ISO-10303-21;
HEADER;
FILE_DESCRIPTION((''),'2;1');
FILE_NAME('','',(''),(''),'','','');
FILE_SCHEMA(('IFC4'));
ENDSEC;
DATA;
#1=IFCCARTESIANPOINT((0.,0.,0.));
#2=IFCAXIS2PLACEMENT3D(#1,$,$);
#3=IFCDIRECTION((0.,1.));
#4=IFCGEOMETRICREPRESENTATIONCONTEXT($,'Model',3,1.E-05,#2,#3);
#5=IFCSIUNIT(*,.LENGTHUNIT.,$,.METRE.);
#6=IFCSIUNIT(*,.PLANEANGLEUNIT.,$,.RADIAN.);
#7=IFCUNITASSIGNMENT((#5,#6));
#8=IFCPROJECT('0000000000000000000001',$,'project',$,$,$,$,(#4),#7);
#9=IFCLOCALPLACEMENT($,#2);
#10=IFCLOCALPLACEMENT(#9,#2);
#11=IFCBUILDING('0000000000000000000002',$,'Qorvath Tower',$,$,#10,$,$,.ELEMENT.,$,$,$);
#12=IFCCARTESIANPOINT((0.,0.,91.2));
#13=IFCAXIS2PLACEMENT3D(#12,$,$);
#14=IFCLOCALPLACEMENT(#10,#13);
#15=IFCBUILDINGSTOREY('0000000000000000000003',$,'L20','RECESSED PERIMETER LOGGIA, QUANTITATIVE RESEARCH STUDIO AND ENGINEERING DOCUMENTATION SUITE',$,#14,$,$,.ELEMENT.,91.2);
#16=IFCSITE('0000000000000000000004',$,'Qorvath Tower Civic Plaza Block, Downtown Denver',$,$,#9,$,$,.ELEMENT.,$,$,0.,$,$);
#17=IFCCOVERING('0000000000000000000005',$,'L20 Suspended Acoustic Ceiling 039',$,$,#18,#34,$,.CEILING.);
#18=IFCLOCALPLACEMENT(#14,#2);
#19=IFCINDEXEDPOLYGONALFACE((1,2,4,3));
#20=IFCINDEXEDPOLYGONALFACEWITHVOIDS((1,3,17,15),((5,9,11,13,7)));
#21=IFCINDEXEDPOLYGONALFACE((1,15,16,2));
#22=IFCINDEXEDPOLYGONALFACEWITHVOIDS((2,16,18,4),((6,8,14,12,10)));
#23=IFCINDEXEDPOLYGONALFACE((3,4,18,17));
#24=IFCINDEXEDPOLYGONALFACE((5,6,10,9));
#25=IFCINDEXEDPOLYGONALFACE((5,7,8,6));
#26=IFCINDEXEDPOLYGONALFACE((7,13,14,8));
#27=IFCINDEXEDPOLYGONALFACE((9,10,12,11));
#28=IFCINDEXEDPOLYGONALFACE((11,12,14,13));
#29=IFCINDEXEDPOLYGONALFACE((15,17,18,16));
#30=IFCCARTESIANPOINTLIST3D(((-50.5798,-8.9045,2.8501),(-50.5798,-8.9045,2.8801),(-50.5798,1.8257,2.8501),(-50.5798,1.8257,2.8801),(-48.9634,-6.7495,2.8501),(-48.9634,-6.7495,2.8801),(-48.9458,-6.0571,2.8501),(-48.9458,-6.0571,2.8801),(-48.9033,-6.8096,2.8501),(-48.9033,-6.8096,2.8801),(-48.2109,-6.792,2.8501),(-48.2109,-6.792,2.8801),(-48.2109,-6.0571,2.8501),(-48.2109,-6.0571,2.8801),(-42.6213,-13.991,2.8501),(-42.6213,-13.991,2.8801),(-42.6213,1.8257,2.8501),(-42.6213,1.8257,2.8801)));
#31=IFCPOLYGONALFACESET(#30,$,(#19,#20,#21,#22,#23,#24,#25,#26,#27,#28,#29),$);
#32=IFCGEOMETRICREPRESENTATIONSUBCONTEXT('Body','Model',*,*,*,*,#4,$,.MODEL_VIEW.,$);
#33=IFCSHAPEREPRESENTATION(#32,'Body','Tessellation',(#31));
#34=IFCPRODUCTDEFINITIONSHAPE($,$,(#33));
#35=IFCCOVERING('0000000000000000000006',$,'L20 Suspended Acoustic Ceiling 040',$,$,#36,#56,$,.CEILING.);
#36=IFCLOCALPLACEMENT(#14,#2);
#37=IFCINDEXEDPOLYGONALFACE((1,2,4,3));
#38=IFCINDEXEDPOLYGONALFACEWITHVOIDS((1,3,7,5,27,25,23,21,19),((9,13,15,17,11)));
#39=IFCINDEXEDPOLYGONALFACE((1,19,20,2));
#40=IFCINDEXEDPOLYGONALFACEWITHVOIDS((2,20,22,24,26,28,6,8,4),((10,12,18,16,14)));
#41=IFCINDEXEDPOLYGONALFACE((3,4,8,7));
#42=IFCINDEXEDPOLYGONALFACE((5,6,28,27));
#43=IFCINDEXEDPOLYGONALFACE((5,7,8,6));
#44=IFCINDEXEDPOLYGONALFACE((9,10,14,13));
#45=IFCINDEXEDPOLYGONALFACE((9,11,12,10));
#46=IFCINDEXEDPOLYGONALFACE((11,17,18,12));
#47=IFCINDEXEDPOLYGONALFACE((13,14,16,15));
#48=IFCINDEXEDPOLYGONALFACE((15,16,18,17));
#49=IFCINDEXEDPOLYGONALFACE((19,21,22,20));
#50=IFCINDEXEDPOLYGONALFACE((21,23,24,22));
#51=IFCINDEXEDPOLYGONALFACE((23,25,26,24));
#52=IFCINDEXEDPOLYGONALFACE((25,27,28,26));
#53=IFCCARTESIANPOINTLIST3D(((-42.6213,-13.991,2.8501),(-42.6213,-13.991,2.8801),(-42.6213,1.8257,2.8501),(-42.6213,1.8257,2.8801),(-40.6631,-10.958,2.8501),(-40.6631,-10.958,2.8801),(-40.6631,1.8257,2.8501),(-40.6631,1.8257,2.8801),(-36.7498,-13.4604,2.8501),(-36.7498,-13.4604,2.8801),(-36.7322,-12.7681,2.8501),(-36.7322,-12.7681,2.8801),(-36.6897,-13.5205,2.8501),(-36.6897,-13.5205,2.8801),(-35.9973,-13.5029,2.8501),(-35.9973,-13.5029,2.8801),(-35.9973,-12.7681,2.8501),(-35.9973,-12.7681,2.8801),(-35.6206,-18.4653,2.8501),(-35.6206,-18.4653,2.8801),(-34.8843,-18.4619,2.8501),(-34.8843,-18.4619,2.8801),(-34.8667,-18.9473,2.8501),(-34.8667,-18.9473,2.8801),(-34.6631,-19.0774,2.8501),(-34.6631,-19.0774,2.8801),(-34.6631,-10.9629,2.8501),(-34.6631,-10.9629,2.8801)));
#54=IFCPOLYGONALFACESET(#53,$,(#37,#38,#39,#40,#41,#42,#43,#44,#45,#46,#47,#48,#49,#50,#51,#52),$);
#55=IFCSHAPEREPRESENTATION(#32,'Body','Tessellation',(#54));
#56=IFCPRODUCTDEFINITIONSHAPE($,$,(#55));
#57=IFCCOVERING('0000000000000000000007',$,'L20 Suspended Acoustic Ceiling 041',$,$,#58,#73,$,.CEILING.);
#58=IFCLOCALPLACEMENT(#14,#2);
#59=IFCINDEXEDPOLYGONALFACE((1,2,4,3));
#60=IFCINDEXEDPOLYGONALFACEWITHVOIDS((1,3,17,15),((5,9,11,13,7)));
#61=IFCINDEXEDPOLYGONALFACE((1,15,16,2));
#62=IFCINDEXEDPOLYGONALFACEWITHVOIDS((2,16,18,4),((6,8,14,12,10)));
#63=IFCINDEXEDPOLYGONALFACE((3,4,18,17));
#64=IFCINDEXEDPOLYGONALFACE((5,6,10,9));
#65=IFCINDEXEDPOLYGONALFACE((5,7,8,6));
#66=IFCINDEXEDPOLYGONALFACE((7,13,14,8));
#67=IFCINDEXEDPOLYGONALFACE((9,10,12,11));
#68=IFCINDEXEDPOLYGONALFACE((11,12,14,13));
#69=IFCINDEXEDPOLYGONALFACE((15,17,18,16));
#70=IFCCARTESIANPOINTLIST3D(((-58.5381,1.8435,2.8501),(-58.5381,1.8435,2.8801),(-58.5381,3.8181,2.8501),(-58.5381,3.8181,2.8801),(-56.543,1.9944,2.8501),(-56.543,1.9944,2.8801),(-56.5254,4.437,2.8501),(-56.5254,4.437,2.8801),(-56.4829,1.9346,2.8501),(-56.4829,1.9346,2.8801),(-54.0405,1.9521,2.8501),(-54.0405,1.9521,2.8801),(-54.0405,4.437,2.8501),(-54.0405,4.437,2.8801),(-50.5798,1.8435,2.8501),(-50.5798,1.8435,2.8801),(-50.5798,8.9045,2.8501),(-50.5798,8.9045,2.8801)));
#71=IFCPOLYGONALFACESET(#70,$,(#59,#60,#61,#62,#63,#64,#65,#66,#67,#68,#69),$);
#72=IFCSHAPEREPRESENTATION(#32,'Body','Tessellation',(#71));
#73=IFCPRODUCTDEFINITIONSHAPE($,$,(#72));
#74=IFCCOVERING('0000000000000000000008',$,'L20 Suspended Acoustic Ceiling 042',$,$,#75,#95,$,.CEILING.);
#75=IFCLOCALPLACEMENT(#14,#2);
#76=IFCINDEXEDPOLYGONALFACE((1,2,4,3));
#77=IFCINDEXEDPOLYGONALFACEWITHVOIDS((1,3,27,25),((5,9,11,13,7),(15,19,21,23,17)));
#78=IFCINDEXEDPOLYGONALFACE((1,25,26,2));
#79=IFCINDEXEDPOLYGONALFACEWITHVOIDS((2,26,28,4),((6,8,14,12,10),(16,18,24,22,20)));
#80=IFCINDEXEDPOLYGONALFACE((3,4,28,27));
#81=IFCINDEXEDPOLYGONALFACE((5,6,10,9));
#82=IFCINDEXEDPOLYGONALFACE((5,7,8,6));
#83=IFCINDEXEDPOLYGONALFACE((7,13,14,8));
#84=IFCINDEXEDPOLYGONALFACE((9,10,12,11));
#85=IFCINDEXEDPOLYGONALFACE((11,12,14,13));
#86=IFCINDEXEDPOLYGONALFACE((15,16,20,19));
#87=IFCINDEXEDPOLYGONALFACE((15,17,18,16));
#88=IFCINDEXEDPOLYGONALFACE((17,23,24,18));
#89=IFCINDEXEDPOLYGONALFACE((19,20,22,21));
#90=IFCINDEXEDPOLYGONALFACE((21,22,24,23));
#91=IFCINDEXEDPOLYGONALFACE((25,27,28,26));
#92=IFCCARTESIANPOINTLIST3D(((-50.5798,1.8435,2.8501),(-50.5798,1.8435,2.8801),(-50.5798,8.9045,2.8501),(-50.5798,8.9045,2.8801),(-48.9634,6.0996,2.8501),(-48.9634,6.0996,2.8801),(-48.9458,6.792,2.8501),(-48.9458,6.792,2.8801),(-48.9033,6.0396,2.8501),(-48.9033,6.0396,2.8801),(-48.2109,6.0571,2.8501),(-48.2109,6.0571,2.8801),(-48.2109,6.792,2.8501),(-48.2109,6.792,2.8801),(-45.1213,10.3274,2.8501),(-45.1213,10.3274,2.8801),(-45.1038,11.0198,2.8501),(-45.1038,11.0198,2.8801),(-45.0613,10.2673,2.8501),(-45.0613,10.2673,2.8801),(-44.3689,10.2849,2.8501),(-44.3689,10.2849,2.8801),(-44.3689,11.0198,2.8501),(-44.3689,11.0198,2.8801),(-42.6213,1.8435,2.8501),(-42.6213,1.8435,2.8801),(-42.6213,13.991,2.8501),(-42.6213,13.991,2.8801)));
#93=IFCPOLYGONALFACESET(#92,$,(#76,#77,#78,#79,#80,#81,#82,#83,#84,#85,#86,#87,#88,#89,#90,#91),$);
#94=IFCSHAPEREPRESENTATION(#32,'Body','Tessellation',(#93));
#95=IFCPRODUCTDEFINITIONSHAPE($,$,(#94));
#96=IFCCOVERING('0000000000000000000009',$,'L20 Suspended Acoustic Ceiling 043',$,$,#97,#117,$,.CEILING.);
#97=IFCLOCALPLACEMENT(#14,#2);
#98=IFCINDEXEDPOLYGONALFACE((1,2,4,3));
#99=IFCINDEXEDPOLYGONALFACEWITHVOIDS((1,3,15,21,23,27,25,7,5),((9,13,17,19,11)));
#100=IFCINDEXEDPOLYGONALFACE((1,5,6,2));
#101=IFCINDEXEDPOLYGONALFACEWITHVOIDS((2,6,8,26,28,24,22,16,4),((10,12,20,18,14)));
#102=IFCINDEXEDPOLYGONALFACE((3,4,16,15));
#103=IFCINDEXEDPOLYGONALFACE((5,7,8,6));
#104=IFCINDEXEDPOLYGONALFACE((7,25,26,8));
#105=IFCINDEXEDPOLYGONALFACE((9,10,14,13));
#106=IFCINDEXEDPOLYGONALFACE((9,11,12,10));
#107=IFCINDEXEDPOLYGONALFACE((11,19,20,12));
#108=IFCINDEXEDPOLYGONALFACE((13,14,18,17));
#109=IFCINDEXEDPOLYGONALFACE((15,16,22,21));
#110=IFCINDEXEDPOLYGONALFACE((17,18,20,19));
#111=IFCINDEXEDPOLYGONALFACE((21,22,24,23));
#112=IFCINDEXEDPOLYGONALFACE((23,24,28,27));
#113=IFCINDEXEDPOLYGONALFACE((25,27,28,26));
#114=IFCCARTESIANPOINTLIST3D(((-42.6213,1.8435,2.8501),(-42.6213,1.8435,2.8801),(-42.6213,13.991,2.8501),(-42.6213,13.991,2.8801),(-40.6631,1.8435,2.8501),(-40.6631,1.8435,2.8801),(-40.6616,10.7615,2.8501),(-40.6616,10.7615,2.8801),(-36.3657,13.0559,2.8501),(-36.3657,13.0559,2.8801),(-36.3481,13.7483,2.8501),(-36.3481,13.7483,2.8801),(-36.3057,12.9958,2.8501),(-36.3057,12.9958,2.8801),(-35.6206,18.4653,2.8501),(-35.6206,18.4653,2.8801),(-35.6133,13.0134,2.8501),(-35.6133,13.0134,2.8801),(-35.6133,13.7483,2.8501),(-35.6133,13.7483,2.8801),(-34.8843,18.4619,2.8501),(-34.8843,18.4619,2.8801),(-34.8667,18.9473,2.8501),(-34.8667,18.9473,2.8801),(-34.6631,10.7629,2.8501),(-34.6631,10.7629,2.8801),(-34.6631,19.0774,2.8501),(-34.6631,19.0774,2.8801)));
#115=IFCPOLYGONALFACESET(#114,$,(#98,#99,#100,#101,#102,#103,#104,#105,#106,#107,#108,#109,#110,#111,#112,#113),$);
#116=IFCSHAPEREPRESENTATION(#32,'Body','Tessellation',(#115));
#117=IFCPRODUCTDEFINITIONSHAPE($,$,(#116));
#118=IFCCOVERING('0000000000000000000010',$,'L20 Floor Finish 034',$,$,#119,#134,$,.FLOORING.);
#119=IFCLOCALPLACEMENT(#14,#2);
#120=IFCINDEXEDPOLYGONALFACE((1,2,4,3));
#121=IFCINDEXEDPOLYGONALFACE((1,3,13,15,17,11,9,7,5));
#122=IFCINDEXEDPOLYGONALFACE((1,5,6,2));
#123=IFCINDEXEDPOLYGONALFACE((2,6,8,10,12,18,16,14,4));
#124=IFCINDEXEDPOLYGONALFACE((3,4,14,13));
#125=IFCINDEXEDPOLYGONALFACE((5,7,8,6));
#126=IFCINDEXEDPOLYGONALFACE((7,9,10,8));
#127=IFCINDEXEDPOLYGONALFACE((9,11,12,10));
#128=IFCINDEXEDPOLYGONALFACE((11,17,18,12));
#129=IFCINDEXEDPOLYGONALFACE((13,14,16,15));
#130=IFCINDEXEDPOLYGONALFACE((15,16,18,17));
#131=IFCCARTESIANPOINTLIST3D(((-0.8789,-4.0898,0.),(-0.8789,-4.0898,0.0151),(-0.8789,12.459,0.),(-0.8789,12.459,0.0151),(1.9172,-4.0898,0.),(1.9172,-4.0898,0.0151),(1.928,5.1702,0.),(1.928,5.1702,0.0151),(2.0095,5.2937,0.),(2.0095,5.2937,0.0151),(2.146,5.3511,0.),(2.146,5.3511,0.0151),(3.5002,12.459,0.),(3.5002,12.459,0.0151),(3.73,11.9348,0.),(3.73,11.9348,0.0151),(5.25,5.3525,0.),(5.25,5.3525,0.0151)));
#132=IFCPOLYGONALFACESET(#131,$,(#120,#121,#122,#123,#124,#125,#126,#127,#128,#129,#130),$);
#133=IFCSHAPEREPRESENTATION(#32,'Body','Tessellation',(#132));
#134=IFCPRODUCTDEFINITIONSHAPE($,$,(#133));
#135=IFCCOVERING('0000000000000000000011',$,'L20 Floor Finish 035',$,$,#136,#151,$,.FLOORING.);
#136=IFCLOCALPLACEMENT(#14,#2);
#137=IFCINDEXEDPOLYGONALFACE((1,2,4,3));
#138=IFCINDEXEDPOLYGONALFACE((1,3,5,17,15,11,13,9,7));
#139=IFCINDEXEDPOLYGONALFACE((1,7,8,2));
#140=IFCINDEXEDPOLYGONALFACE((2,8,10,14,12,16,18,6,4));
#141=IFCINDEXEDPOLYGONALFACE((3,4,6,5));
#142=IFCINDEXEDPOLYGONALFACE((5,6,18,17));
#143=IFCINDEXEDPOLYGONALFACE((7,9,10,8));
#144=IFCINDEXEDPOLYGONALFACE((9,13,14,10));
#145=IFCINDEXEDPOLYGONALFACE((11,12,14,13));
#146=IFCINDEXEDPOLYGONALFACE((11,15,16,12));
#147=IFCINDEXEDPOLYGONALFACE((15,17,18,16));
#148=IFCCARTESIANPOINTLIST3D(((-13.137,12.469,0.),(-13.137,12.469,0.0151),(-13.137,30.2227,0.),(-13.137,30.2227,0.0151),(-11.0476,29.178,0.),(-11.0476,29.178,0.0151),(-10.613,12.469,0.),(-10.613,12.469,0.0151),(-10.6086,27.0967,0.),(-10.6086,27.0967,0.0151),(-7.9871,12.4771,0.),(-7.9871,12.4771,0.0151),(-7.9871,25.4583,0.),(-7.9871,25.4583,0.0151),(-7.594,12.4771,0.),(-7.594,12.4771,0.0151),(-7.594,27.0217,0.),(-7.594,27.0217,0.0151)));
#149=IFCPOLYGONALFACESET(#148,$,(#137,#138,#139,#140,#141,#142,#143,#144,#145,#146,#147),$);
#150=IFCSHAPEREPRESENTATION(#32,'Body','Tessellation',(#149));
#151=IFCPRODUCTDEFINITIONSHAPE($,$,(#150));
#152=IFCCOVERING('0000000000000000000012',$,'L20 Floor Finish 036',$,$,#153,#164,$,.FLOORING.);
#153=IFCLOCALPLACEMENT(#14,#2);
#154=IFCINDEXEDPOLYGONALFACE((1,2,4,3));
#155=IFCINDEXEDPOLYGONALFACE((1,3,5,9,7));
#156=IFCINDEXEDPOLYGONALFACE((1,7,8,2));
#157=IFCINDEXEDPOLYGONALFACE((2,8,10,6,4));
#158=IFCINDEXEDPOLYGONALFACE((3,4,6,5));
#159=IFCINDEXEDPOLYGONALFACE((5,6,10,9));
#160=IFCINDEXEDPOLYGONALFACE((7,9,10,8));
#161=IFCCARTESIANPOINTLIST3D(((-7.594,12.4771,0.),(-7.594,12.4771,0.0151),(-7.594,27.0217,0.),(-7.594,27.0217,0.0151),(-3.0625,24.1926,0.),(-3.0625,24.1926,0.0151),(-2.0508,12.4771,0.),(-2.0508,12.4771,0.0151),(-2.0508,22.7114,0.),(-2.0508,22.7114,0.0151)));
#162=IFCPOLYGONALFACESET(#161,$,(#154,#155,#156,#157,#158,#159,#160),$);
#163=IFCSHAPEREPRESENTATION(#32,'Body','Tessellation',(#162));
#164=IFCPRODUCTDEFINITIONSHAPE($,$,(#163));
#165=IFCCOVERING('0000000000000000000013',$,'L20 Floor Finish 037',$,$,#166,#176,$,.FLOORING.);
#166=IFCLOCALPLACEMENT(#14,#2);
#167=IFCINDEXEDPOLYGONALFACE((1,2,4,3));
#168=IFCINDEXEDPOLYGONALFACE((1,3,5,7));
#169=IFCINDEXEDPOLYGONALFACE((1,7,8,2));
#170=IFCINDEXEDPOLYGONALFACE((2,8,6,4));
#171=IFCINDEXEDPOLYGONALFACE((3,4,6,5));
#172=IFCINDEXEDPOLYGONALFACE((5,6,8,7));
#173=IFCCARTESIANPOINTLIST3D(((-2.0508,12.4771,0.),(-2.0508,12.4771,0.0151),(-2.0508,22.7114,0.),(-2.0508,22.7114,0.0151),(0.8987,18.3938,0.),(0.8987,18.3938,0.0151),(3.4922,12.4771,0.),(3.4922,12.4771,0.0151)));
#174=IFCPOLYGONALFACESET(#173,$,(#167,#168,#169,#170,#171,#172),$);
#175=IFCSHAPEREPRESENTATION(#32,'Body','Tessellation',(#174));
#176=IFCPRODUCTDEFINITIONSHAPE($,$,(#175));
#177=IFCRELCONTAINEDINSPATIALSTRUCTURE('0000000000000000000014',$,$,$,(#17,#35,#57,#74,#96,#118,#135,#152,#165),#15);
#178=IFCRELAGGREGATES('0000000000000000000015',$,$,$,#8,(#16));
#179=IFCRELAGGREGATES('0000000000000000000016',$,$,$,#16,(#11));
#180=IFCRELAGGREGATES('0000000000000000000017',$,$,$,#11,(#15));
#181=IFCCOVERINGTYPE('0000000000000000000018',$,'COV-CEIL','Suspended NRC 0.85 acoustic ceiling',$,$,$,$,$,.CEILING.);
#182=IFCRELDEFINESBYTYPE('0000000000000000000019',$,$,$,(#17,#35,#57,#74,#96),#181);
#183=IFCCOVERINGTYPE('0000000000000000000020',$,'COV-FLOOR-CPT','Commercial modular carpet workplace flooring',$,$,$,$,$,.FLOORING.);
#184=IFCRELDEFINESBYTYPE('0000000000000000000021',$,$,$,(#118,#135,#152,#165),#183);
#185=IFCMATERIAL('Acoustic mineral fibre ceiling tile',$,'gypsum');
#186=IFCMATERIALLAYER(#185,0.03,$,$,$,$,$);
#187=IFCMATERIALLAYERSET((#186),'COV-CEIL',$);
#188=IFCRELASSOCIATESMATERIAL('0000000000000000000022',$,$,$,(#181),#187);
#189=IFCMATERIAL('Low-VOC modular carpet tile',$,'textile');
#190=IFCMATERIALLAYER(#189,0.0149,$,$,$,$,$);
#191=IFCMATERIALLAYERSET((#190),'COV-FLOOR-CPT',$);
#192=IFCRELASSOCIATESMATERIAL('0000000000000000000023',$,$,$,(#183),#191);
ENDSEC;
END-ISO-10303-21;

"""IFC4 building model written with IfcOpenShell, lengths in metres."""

from ifc_helpers import new_model, si_unit, direction, frame, origin, place, context, subcontext, project, spatial, polyline, outline, extrude, material, layer, layer_set, type_object, element, save


model = new_model("IFC4")

# Units and contexts
model_context = context("Model", 3, precision=1e-05, world=origin(), true_north=direction((0.0, 1.0)))
body_context = subcontext(model_context, "Body", "Model", "MODEL_VIEW")
ifc_project = project(units=[si_unit("LENGTHUNIT", "METRE"), si_unit("PLANEANGLEUNIT", "RADIAN")], contexts=[model_context])

# Site, building, storey
site_placement = place(None, origin())
site = spatial("IfcSite", under=ifc_project, at=site_placement, Name="Qorvath Tower Civic Plaza Block, Downtown Denver", CompositionType="ELEMENT", RefElevation=0.0)
building_placement = place(site_placement, origin())
building = spatial("IfcBuilding", under=site, at=building_placement, Name="Qorvath Tower", CompositionType="ELEMENT")
storey_placement = place(building_placement, frame((0.0, 0.0, 91.2)))
storey = spatial("IfcBuildingStorey", under=building, at=storey_placement, Name="L20", Description="RECESSED PERIMETER LOGGIA, QUANTITATIVE RESEARCH STUDIO AND ENGINEERING DOCUMENTATION SUITE", CompositionType="ELEMENT", Elevation=91.2)

# Coverings
ifc_material_1 = material(Name="Acoustic mineral fibre ceiling tile", Category="gypsum")
ifc_layer_1 = layer(ifc_material_1, 0.03)
ifc_layer_set_1 = layer_set([ifc_layer_1], Name="COV-CEIL")
covering_type_1 = type_object("IfcCoveringType", Name="COV-CEIL", Description="Suspended NRC 0.85 acoustic ceiling", PredefinedType="CEILING", material=ifc_layer_set_1)
covering_1_placement = place(storey_placement, frame((0.0, 0.0, 2.8501)))
element("IfcCovering", 1, at=covering_1_placement, inside=storey, type_object=covering_type_1, Name="L20 Suspended Acoustic Ceiling 039", PredefinedType="CEILING", context=body_context, shape_type="SweptSolid", body=[
    extrude(outline(polyline([(-50.5798, 1.8257), (-50.5798, -8.9045), (-42.6213, -13.991), (-42.6213, 1.8257), (-50.5798, 1.8257)]), holes=[polyline([(-48.9634, -6.7495), (-48.9458, -6.0571), (-48.2109, -6.0571), (-48.2109, -6.792), (-48.9033, -6.8096), (-48.9634, -6.7495)])]), origin(), (0.0, 0.0, 1.0), 0.03),
])
covering_2_placement = place(storey_placement, frame((0.0, 0.0, 2.8501)))
element("IfcCovering", 2, at=covering_2_placement, inside=storey, type_object=covering_type_1, Name="L20 Suspended Acoustic Ceiling 040", PredefinedType="CEILING", context=body_context, shape_type="SweptSolid", body=[
    extrude(outline(polyline([(-42.6213, 1.8257), (-42.6213, -13.991), (-35.6206, -18.4653), (-34.8843, -18.4619), (-34.8667, -18.9473), (-34.6631, -19.0774), (-34.6631, -10.9629), (-40.6631, -10.958), (-40.6631, 1.8257), (-42.6213, 1.8257)]), holes=[polyline([(-36.7498, -13.4604), (-36.7322, -12.7681), (-35.9973, -12.7681), (-35.9973, -13.5029), (-36.6897, -13.5205), (-36.7498, -13.4604)])]), origin(), (0.0, 0.0, 1.0), 0.03),
])
covering_3_placement = place(storey_placement, frame((0.0, 0.0, 2.8501)))
element("IfcCovering", 3, at=covering_3_placement, inside=storey, type_object=covering_type_1, Name="L20 Suspended Acoustic Ceiling 041", PredefinedType="CEILING", context=body_context, shape_type="SweptSolid", body=[
    extrude(outline(polyline([(-50.5798, 1.8435), (-50.5798, 8.9045), (-58.5381, 3.8181), (-58.5381, 1.8435), (-50.5798, 1.8435)]), holes=[polyline([(-56.543, 1.9944), (-56.5254, 4.437), (-54.0405, 4.437), (-54.0405, 1.9521), (-56.4829, 1.9346), (-56.543, 1.9944)])]), origin(), (0.0, 0.0, 1.0), 0.03),
])
covering_4_placement = place(storey_placement, frame((0.0, 0.0, 2.8501)))
element("IfcCovering", 4, at=covering_4_placement, inside=storey, type_object=covering_type_1, Name="L20 Suspended Acoustic Ceiling 042", PredefinedType="CEILING", context=body_context, shape_type="SweptSolid", body=[
    extrude(outline(polyline([(-42.6213, 1.8435), (-42.6213, 13.991), (-50.5798, 8.9045), (-50.5798, 1.8435), (-42.6213, 1.8435)]), holes=[polyline([(-45.1213, 10.3274), (-45.1038, 11.0198), (-44.3689, 11.0198), (-44.3689, 10.2849), (-45.0613, 10.2673), (-45.1213, 10.3274)]), polyline([(-48.9634, 6.0996), (-48.9458, 6.792), (-48.2109, 6.792), (-48.2109, 6.0571), (-48.9033, 6.0396), (-48.9634, 6.0996)])]), origin(), (0.0, 0.0, 1.0), 0.03),
])
covering_5_placement = place(storey_placement, frame((0.0, 0.0, 2.8501)))
element("IfcCovering", 5, at=covering_5_placement, inside=storey, type_object=covering_type_1, Name="L20 Suspended Acoustic Ceiling 043", PredefinedType="CEILING", context=body_context, shape_type="SweptSolid", body=[
    extrude(outline(polyline([(-34.6631, 10.7629), (-34.6631, 19.0774), (-34.8667, 18.9473), (-34.8843, 18.4619), (-35.6206, 18.4653), (-42.6213, 13.991), (-42.6213, 1.8435), (-40.6631, 1.8435), (-40.6616, 10.7615), (-34.6631, 10.7629)]), holes=[polyline([(-36.3657, 13.0559), (-36.3481, 13.7483), (-35.6133, 13.7483), (-35.6133, 13.0134), (-36.3057, 12.9958), (-36.3657, 13.0559)])]), origin(), (0.0, 0.0, 1.0), 0.03),
])
ifc_material_2 = material(Name="Low-VOC modular carpet tile", Category="textile")
ifc_layer_2 = layer(ifc_material_2, 0.0149)
ifc_layer_set_2 = layer_set([ifc_layer_2], Name="COV-FLOOR-CPT")
covering_type_2 = type_object("IfcCoveringType", Name="COV-FLOOR-CPT", Description="Commercial modular carpet workplace flooring", PredefinedType="FLOORING", material=ifc_layer_set_2)
covering_6_placement = place(storey_placement, origin())
element("IfcCovering", 6, at=covering_6_placement, inside=storey, type_object=covering_type_2, Name="L20 Floor Finish 034", PredefinedType="FLOORING", context=body_context, shape_type="SweptSolid", body=[
    extrude(outline(polyline([(2.146, 5.3511), (5.25, 5.3525), (3.73, 11.9348), (3.5002, 12.459), (-0.8789, 12.459), (-0.8789, -4.0898), (1.9172, -4.0898), (1.928, 5.1702), (2.0095, 5.2937), (2.146, 5.3511)])), origin(), (0.0, 0.0, 1.0), 0.0151),
])
covering_7_placement = place(storey_placement, origin())
element("IfcCovering", 7, at=covering_7_placement, inside=storey, type_object=covering_type_2, Name="L20 Floor Finish 035", PredefinedType="FLOORING", context=body_context, shape_type="SweptSolid", body=[
    extrude(outline(polyline([(-7.9871, 12.4771), (-7.594, 12.4771), (-7.594, 27.0217), (-11.0476, 29.178), (-13.137, 30.2227), (-13.137, 12.469), (-10.613, 12.469), (-10.6086, 27.0967), (-7.9871, 25.4583), (-7.9871, 12.4771)])), origin(), (0.0, 0.0, 1.0), 0.0151),
])
covering_8_placement = place(storey_placement, origin())
element("IfcCovering", 8, at=covering_8_placement, inside=storey, type_object=covering_type_2, Name="L20 Floor Finish 036", PredefinedType="FLOORING", context=body_context, shape_type="SweptSolid", body=[
    extrude(outline(polyline([(-7.594, 27.0217), (-7.594, 12.4771), (-2.0508, 12.4771), (-2.0508, 22.7114), (-3.0625, 24.1926), (-7.594, 27.0217)])), origin(), (0.0, 0.0, 1.0), 0.0151),
])
covering_9_placement = place(storey_placement, origin())
element("IfcCovering", 9, at=covering_9_placement, inside=storey, type_object=covering_type_2, Name="L20 Floor Finish 037", PredefinedType="FLOORING", context=body_context, shape_type="SweptSolid", body=[
    extrude(outline(polyline([(-2.0508, 22.7114), (-2.0508, 12.4771), (3.4922, 12.4771), (0.8987, 18.3938), (-2.0508, 22.7114)])), origin(), (0.0, 0.0, 1.0), 0.0151),
])

save(model, "model.ifc")
